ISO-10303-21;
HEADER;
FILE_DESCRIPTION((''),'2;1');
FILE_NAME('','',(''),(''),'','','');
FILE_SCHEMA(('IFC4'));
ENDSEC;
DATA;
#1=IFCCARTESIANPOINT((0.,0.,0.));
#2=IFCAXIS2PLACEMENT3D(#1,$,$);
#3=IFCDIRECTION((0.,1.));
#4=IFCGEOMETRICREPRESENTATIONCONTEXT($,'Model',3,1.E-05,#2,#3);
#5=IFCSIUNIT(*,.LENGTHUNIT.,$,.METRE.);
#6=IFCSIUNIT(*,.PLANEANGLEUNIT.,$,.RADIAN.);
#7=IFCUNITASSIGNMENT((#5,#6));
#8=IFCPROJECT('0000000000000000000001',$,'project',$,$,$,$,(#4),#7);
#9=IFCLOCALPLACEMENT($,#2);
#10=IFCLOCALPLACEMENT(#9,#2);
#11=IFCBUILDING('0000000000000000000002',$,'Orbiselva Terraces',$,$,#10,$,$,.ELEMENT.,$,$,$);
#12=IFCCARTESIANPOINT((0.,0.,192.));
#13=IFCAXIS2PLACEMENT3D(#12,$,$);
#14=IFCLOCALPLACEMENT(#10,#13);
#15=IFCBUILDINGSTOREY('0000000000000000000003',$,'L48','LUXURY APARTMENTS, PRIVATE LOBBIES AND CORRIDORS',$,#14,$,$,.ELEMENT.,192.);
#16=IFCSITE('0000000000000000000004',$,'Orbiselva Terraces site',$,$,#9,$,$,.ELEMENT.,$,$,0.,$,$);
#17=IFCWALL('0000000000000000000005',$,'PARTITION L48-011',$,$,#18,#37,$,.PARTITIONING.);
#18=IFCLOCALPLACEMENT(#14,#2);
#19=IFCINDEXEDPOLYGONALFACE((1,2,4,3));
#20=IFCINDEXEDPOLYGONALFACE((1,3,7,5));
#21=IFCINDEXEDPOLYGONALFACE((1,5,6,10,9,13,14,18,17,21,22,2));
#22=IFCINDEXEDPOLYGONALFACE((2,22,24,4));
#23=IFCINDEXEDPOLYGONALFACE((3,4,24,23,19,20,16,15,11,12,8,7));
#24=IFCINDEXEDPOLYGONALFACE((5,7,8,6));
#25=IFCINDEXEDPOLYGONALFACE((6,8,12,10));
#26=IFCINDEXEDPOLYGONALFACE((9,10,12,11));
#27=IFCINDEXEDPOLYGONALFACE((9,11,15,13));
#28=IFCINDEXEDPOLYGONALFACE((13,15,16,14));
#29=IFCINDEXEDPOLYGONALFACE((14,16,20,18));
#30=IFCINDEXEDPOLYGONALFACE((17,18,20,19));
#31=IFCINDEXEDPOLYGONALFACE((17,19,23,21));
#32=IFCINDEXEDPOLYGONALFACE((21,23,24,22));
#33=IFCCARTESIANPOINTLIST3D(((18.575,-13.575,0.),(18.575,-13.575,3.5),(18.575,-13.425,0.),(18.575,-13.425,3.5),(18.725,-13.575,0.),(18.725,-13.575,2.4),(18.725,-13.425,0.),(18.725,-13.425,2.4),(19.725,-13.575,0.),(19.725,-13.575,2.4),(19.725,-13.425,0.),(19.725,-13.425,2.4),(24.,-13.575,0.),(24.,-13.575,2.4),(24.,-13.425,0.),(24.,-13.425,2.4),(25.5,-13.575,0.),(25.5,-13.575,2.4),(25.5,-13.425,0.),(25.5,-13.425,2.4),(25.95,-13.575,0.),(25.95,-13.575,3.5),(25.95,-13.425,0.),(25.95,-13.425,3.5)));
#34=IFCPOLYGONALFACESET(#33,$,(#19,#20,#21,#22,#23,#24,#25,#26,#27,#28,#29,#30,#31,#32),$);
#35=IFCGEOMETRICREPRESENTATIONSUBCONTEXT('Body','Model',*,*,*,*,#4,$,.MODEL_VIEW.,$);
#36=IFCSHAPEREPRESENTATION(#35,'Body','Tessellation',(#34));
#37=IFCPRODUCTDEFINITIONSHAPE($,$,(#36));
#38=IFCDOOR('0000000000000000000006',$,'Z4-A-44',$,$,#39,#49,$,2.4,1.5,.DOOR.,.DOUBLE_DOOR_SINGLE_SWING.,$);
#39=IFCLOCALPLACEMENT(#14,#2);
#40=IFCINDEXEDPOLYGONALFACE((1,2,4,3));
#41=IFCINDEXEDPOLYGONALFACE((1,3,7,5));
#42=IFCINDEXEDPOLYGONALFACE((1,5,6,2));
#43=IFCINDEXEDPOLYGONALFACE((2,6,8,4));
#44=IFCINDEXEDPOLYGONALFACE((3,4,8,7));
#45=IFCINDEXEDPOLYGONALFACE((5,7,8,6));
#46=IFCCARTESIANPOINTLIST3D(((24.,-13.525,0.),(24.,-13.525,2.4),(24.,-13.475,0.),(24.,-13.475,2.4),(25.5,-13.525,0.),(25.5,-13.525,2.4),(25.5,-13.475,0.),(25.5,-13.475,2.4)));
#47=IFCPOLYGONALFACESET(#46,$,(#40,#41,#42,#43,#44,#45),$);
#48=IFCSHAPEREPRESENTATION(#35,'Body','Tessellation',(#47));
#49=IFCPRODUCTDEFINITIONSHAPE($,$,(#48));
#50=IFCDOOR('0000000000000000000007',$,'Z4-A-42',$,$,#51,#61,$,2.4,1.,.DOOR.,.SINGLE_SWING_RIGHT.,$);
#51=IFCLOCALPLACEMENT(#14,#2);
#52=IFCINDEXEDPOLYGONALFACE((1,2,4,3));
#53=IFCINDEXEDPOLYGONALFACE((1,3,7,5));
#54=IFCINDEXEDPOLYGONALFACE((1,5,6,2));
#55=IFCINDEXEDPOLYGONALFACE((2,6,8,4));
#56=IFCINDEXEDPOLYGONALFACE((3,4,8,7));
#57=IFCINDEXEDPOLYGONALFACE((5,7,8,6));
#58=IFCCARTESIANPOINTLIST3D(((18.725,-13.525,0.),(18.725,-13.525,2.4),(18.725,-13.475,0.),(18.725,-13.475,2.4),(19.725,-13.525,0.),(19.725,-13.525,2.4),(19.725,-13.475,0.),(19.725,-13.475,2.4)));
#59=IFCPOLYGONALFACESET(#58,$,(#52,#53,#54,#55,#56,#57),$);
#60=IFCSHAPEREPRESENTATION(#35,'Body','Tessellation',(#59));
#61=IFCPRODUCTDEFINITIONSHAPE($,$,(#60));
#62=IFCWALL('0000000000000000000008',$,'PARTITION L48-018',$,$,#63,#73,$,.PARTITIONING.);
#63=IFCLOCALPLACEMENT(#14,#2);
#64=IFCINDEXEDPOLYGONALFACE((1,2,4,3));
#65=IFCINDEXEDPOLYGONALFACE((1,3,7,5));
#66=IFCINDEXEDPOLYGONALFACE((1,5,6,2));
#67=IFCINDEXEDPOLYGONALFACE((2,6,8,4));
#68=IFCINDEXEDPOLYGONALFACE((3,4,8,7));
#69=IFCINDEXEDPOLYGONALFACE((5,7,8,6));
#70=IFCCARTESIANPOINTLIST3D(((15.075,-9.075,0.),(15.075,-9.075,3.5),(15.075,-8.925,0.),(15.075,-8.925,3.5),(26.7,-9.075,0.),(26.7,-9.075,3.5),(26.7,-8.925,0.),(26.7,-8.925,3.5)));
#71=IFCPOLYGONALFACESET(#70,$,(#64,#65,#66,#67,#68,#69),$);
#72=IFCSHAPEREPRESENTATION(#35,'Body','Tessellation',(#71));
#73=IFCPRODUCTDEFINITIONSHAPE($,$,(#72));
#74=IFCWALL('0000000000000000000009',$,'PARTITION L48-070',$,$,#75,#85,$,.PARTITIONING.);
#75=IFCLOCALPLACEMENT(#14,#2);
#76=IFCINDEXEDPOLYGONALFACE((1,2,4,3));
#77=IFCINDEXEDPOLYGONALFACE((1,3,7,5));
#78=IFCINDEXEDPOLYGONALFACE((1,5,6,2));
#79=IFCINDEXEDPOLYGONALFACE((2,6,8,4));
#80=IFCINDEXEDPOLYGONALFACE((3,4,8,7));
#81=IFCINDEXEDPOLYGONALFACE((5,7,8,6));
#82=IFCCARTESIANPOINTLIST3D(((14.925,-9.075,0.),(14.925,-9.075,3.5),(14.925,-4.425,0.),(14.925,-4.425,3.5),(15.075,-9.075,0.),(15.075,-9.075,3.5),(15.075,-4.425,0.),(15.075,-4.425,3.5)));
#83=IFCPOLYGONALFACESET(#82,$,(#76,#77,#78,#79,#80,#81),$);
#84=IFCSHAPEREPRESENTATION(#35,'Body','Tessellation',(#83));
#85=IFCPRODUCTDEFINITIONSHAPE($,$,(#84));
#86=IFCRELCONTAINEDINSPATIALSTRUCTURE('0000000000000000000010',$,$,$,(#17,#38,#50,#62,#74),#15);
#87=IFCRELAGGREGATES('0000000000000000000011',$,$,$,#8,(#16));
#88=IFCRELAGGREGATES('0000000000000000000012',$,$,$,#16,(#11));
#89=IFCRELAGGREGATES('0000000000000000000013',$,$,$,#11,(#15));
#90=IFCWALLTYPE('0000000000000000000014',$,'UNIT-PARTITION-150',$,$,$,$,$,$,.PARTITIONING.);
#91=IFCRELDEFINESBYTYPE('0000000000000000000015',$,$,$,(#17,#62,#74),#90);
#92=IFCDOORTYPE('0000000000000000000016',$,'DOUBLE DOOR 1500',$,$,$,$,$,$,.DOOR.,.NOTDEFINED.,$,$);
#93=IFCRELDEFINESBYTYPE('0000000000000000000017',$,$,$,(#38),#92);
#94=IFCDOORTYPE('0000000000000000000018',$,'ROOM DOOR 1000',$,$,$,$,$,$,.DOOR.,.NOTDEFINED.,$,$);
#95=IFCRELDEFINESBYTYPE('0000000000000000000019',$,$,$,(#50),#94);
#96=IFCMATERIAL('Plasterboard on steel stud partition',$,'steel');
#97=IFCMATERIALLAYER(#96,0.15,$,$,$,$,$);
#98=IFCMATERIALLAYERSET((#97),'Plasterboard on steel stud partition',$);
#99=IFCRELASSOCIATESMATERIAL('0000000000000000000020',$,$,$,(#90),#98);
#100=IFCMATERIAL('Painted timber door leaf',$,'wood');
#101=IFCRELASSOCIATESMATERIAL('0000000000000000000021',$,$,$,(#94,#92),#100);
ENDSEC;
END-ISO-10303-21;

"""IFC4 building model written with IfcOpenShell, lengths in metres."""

from ifc_helpers import new_model, si_unit, direction, frame, frame_2d, origin, place, context, subcontext, project, spatial, rectangle, extrude, material, layer, layer_set, type_object, element, fill, save


model = new_model("IFC4")

# Units and contexts
model_context = context("Model", 3, precision=1e-05, world=origin(), true_north=direction((0.0, 1.0)))
body_context = subcontext(model_context, "Body", "Model", "MODEL_VIEW")
ifc_project = project(units=[si_unit("LENGTHUNIT", "METRE"), si_unit("PLANEANGLEUNIT", "RADIAN")], contexts=[model_context])

# Site, building, storey
site_placement = place(None, origin())
site = spatial("IfcSite", under=ifc_project, at=site_placement, Name="Orbiselva Terraces site", CompositionType="ELEMENT", RefElevation=0.0)
building_placement = place(site_placement, origin())
building = spatial("IfcBuilding", under=site, at=building_placement, Name="Orbiselva Terraces", CompositionType="ELEMENT")
storey_placement = place(building_placement, frame((0.0, 0.0, 192.0)))
storey = spatial("IfcBuildingStorey", under=building, at=storey_placement, Name="L48", Description="LUXURY APARTMENTS, PRIVATE LOBBIES AND CORRIDORS", CompositionType="ELEMENT", Elevation=192.0)

# Shared definitions
ifc_material_1 = material(Name="Plasterboard on steel stud partition", Category="steel")
ifc_layer_1 = layer(ifc_material_1, 0.15)
ifc_layer_set_1 = layer_set([ifc_layer_1], Name="Plasterboard on steel stud partition")
wall_type_1 = type_object("IfcWallType", Name="UNIT-PARTITION-150", PredefinedType="PARTITIONING", material=ifc_layer_set_1)
ifc_material_2 = material(Name="Painted timber door leaf", Category="wood")

# Wall, openings, doors
door_type_1 = type_object("IfcDoorType", Name="ROOM DOOR 1000", OperationType="NOTDEFINED", PredefinedType="DOOR", material=ifc_material_2)
wall_1_placement = place(storey_placement, frame((25.95, -13.5, 0.0), z_axis=(0.0, 0.0, 1.0), x_axis=(-1.0, 0.0, 0.0)))
wall_1 = element("IfcWall", 1, at=wall_1_placement, inside=storey, type_object=wall_type_1, Name="PARTITION L48-011", PredefinedType="PARTITIONING", context=body_context, shape_type="SweptSolid", body=[
    extrude(rectangle(XDim=7.375, YDim=0.15, at=frame_2d((3.6875, 0.0))), origin(), (0.0, 0.0, 1.0), 3.5),
])
opening_1_placement = place(wall_1_placement, frame((6.225, 0.0, 0.0)))
opening_1 = element("IfcOpeningElement", 2, at=opening_1_placement, cuts=wall_1, PredefinedType="OPENING", context=body_context, shape_type="SweptSolid", body=[
    extrude(rectangle(XDim=1.0, YDim=2.4, at=frame_2d((0.5, 1.2))), frame((0.0, 0.085, 0.0), z_axis=(0.0, -1.0, 0.0), x_axis=(1.0, 0.0, 0.0)), (0.0, 0.0, 1.0), 0.17),
])
opening_2_placement = place(wall_1_placement, frame((0.45, 0.0, 0.0)))
opening_2 = element("IfcOpeningElement", 3, at=opening_2_placement, cuts=wall_1, PredefinedType="OPENING", context=body_context, shape_type="SweptSolid", body=[
    extrude(rectangle(XDim=1.5, YDim=2.4, at=frame_2d((0.75, 1.2))), frame((0.0, 0.085, 0.0), z_axis=(0.0, -1.0, 0.0), x_axis=(1.0, 0.0, 0.0)), (0.0, 0.0, 1.0), 0.17),
])
door_type_2 = type_object("IfcDoorType", Name="DOUBLE DOOR 1500", OperationType="NOTDEFINED", PredefinedType="DOOR", material=ifc_material_2)
door_1_placement = place(opening_2_placement, origin())
door_1 = element("IfcDoor", 4, at=door_1_placement, inside=storey, type_object=door_type_2, Name="Z4-A-44", OperationType="DOUBLE_DOOR_SINGLE_SWING", OverallHeight=2.4, OverallWidth=1.5, PredefinedType="DOOR", context=body_context, shape_type="SweptSolid", body=[
    extrude(rectangle(XDim=1.5, YDim=2.4, at=frame_2d((0.75, 1.2))), frame((0.0, 0.025, 0.0), z_axis=(0.0, -1.0, 0.0), x_axis=(1.0, 0.0, 0.0)), (0.0, 0.0, 1.0), 0.05),
])
fill(opening_2, door_1)
door_2_placement = place(opening_1_placement, origin())
door_2 = element("IfcDoor", 5, at=door_2_placement, inside=storey, type_object=door_type_1, Name="Z4-A-42", OperationType="SINGLE_SWING_RIGHT", OverallHeight=2.4, OverallWidth=1.0, PredefinedType="DOOR", context=body_context, shape_type="SweptSolid", body=[
    extrude(rectangle(XDim=1.0, YDim=2.4, at=frame_2d((0.5, 1.2))), frame((0.0, 0.025, 0.0), z_axis=(0.0, -1.0, 0.0), x_axis=(1.0, 0.0, 0.0)), (0.0, 0.0, 1.0), 0.05),
])
fill(opening_1, door_2)

# Walls
wall_2_placement = place(storey_placement, frame((15.075, -9.0, 0.0), z_axis=(0.0, 0.0, 1.0), x_axis=(1.0, 0.0, 0.0)))
element("IfcWall", 6, at=wall_2_placement, inside=storey, type_object=wall_type_1, Name="PARTITION L48-018", PredefinedType="PARTITIONING", context=body_context, shape_type="SweptSolid", body=[
    extrude(rectangle(XDim=11.625, YDim=0.15, at=frame_2d((5.8125, 0.0))), origin(), (0.0, 0.0, 1.0), 3.5),
])
wall_3_placement = place(storey_placement, frame((15.0, -9.075, 0.0), z_axis=(0.0, 0.0, 1.0), x_axis=(0.0, 1.0, 0.0)))
element("IfcWall", 7, at=wall_3_placement, inside=storey, type_object=wall_type_1, Name="PARTITION L48-070", PredefinedType="PARTITIONING", context=body_context, shape_type="SweptSolid", body=[
    extrude(rectangle(XDim=4.65, YDim=0.15, at=frame_2d((2.325, 0.0))), origin(), (0.0, 0.0, 1.0), 3.5),
])

save(model, "model.ifc")
